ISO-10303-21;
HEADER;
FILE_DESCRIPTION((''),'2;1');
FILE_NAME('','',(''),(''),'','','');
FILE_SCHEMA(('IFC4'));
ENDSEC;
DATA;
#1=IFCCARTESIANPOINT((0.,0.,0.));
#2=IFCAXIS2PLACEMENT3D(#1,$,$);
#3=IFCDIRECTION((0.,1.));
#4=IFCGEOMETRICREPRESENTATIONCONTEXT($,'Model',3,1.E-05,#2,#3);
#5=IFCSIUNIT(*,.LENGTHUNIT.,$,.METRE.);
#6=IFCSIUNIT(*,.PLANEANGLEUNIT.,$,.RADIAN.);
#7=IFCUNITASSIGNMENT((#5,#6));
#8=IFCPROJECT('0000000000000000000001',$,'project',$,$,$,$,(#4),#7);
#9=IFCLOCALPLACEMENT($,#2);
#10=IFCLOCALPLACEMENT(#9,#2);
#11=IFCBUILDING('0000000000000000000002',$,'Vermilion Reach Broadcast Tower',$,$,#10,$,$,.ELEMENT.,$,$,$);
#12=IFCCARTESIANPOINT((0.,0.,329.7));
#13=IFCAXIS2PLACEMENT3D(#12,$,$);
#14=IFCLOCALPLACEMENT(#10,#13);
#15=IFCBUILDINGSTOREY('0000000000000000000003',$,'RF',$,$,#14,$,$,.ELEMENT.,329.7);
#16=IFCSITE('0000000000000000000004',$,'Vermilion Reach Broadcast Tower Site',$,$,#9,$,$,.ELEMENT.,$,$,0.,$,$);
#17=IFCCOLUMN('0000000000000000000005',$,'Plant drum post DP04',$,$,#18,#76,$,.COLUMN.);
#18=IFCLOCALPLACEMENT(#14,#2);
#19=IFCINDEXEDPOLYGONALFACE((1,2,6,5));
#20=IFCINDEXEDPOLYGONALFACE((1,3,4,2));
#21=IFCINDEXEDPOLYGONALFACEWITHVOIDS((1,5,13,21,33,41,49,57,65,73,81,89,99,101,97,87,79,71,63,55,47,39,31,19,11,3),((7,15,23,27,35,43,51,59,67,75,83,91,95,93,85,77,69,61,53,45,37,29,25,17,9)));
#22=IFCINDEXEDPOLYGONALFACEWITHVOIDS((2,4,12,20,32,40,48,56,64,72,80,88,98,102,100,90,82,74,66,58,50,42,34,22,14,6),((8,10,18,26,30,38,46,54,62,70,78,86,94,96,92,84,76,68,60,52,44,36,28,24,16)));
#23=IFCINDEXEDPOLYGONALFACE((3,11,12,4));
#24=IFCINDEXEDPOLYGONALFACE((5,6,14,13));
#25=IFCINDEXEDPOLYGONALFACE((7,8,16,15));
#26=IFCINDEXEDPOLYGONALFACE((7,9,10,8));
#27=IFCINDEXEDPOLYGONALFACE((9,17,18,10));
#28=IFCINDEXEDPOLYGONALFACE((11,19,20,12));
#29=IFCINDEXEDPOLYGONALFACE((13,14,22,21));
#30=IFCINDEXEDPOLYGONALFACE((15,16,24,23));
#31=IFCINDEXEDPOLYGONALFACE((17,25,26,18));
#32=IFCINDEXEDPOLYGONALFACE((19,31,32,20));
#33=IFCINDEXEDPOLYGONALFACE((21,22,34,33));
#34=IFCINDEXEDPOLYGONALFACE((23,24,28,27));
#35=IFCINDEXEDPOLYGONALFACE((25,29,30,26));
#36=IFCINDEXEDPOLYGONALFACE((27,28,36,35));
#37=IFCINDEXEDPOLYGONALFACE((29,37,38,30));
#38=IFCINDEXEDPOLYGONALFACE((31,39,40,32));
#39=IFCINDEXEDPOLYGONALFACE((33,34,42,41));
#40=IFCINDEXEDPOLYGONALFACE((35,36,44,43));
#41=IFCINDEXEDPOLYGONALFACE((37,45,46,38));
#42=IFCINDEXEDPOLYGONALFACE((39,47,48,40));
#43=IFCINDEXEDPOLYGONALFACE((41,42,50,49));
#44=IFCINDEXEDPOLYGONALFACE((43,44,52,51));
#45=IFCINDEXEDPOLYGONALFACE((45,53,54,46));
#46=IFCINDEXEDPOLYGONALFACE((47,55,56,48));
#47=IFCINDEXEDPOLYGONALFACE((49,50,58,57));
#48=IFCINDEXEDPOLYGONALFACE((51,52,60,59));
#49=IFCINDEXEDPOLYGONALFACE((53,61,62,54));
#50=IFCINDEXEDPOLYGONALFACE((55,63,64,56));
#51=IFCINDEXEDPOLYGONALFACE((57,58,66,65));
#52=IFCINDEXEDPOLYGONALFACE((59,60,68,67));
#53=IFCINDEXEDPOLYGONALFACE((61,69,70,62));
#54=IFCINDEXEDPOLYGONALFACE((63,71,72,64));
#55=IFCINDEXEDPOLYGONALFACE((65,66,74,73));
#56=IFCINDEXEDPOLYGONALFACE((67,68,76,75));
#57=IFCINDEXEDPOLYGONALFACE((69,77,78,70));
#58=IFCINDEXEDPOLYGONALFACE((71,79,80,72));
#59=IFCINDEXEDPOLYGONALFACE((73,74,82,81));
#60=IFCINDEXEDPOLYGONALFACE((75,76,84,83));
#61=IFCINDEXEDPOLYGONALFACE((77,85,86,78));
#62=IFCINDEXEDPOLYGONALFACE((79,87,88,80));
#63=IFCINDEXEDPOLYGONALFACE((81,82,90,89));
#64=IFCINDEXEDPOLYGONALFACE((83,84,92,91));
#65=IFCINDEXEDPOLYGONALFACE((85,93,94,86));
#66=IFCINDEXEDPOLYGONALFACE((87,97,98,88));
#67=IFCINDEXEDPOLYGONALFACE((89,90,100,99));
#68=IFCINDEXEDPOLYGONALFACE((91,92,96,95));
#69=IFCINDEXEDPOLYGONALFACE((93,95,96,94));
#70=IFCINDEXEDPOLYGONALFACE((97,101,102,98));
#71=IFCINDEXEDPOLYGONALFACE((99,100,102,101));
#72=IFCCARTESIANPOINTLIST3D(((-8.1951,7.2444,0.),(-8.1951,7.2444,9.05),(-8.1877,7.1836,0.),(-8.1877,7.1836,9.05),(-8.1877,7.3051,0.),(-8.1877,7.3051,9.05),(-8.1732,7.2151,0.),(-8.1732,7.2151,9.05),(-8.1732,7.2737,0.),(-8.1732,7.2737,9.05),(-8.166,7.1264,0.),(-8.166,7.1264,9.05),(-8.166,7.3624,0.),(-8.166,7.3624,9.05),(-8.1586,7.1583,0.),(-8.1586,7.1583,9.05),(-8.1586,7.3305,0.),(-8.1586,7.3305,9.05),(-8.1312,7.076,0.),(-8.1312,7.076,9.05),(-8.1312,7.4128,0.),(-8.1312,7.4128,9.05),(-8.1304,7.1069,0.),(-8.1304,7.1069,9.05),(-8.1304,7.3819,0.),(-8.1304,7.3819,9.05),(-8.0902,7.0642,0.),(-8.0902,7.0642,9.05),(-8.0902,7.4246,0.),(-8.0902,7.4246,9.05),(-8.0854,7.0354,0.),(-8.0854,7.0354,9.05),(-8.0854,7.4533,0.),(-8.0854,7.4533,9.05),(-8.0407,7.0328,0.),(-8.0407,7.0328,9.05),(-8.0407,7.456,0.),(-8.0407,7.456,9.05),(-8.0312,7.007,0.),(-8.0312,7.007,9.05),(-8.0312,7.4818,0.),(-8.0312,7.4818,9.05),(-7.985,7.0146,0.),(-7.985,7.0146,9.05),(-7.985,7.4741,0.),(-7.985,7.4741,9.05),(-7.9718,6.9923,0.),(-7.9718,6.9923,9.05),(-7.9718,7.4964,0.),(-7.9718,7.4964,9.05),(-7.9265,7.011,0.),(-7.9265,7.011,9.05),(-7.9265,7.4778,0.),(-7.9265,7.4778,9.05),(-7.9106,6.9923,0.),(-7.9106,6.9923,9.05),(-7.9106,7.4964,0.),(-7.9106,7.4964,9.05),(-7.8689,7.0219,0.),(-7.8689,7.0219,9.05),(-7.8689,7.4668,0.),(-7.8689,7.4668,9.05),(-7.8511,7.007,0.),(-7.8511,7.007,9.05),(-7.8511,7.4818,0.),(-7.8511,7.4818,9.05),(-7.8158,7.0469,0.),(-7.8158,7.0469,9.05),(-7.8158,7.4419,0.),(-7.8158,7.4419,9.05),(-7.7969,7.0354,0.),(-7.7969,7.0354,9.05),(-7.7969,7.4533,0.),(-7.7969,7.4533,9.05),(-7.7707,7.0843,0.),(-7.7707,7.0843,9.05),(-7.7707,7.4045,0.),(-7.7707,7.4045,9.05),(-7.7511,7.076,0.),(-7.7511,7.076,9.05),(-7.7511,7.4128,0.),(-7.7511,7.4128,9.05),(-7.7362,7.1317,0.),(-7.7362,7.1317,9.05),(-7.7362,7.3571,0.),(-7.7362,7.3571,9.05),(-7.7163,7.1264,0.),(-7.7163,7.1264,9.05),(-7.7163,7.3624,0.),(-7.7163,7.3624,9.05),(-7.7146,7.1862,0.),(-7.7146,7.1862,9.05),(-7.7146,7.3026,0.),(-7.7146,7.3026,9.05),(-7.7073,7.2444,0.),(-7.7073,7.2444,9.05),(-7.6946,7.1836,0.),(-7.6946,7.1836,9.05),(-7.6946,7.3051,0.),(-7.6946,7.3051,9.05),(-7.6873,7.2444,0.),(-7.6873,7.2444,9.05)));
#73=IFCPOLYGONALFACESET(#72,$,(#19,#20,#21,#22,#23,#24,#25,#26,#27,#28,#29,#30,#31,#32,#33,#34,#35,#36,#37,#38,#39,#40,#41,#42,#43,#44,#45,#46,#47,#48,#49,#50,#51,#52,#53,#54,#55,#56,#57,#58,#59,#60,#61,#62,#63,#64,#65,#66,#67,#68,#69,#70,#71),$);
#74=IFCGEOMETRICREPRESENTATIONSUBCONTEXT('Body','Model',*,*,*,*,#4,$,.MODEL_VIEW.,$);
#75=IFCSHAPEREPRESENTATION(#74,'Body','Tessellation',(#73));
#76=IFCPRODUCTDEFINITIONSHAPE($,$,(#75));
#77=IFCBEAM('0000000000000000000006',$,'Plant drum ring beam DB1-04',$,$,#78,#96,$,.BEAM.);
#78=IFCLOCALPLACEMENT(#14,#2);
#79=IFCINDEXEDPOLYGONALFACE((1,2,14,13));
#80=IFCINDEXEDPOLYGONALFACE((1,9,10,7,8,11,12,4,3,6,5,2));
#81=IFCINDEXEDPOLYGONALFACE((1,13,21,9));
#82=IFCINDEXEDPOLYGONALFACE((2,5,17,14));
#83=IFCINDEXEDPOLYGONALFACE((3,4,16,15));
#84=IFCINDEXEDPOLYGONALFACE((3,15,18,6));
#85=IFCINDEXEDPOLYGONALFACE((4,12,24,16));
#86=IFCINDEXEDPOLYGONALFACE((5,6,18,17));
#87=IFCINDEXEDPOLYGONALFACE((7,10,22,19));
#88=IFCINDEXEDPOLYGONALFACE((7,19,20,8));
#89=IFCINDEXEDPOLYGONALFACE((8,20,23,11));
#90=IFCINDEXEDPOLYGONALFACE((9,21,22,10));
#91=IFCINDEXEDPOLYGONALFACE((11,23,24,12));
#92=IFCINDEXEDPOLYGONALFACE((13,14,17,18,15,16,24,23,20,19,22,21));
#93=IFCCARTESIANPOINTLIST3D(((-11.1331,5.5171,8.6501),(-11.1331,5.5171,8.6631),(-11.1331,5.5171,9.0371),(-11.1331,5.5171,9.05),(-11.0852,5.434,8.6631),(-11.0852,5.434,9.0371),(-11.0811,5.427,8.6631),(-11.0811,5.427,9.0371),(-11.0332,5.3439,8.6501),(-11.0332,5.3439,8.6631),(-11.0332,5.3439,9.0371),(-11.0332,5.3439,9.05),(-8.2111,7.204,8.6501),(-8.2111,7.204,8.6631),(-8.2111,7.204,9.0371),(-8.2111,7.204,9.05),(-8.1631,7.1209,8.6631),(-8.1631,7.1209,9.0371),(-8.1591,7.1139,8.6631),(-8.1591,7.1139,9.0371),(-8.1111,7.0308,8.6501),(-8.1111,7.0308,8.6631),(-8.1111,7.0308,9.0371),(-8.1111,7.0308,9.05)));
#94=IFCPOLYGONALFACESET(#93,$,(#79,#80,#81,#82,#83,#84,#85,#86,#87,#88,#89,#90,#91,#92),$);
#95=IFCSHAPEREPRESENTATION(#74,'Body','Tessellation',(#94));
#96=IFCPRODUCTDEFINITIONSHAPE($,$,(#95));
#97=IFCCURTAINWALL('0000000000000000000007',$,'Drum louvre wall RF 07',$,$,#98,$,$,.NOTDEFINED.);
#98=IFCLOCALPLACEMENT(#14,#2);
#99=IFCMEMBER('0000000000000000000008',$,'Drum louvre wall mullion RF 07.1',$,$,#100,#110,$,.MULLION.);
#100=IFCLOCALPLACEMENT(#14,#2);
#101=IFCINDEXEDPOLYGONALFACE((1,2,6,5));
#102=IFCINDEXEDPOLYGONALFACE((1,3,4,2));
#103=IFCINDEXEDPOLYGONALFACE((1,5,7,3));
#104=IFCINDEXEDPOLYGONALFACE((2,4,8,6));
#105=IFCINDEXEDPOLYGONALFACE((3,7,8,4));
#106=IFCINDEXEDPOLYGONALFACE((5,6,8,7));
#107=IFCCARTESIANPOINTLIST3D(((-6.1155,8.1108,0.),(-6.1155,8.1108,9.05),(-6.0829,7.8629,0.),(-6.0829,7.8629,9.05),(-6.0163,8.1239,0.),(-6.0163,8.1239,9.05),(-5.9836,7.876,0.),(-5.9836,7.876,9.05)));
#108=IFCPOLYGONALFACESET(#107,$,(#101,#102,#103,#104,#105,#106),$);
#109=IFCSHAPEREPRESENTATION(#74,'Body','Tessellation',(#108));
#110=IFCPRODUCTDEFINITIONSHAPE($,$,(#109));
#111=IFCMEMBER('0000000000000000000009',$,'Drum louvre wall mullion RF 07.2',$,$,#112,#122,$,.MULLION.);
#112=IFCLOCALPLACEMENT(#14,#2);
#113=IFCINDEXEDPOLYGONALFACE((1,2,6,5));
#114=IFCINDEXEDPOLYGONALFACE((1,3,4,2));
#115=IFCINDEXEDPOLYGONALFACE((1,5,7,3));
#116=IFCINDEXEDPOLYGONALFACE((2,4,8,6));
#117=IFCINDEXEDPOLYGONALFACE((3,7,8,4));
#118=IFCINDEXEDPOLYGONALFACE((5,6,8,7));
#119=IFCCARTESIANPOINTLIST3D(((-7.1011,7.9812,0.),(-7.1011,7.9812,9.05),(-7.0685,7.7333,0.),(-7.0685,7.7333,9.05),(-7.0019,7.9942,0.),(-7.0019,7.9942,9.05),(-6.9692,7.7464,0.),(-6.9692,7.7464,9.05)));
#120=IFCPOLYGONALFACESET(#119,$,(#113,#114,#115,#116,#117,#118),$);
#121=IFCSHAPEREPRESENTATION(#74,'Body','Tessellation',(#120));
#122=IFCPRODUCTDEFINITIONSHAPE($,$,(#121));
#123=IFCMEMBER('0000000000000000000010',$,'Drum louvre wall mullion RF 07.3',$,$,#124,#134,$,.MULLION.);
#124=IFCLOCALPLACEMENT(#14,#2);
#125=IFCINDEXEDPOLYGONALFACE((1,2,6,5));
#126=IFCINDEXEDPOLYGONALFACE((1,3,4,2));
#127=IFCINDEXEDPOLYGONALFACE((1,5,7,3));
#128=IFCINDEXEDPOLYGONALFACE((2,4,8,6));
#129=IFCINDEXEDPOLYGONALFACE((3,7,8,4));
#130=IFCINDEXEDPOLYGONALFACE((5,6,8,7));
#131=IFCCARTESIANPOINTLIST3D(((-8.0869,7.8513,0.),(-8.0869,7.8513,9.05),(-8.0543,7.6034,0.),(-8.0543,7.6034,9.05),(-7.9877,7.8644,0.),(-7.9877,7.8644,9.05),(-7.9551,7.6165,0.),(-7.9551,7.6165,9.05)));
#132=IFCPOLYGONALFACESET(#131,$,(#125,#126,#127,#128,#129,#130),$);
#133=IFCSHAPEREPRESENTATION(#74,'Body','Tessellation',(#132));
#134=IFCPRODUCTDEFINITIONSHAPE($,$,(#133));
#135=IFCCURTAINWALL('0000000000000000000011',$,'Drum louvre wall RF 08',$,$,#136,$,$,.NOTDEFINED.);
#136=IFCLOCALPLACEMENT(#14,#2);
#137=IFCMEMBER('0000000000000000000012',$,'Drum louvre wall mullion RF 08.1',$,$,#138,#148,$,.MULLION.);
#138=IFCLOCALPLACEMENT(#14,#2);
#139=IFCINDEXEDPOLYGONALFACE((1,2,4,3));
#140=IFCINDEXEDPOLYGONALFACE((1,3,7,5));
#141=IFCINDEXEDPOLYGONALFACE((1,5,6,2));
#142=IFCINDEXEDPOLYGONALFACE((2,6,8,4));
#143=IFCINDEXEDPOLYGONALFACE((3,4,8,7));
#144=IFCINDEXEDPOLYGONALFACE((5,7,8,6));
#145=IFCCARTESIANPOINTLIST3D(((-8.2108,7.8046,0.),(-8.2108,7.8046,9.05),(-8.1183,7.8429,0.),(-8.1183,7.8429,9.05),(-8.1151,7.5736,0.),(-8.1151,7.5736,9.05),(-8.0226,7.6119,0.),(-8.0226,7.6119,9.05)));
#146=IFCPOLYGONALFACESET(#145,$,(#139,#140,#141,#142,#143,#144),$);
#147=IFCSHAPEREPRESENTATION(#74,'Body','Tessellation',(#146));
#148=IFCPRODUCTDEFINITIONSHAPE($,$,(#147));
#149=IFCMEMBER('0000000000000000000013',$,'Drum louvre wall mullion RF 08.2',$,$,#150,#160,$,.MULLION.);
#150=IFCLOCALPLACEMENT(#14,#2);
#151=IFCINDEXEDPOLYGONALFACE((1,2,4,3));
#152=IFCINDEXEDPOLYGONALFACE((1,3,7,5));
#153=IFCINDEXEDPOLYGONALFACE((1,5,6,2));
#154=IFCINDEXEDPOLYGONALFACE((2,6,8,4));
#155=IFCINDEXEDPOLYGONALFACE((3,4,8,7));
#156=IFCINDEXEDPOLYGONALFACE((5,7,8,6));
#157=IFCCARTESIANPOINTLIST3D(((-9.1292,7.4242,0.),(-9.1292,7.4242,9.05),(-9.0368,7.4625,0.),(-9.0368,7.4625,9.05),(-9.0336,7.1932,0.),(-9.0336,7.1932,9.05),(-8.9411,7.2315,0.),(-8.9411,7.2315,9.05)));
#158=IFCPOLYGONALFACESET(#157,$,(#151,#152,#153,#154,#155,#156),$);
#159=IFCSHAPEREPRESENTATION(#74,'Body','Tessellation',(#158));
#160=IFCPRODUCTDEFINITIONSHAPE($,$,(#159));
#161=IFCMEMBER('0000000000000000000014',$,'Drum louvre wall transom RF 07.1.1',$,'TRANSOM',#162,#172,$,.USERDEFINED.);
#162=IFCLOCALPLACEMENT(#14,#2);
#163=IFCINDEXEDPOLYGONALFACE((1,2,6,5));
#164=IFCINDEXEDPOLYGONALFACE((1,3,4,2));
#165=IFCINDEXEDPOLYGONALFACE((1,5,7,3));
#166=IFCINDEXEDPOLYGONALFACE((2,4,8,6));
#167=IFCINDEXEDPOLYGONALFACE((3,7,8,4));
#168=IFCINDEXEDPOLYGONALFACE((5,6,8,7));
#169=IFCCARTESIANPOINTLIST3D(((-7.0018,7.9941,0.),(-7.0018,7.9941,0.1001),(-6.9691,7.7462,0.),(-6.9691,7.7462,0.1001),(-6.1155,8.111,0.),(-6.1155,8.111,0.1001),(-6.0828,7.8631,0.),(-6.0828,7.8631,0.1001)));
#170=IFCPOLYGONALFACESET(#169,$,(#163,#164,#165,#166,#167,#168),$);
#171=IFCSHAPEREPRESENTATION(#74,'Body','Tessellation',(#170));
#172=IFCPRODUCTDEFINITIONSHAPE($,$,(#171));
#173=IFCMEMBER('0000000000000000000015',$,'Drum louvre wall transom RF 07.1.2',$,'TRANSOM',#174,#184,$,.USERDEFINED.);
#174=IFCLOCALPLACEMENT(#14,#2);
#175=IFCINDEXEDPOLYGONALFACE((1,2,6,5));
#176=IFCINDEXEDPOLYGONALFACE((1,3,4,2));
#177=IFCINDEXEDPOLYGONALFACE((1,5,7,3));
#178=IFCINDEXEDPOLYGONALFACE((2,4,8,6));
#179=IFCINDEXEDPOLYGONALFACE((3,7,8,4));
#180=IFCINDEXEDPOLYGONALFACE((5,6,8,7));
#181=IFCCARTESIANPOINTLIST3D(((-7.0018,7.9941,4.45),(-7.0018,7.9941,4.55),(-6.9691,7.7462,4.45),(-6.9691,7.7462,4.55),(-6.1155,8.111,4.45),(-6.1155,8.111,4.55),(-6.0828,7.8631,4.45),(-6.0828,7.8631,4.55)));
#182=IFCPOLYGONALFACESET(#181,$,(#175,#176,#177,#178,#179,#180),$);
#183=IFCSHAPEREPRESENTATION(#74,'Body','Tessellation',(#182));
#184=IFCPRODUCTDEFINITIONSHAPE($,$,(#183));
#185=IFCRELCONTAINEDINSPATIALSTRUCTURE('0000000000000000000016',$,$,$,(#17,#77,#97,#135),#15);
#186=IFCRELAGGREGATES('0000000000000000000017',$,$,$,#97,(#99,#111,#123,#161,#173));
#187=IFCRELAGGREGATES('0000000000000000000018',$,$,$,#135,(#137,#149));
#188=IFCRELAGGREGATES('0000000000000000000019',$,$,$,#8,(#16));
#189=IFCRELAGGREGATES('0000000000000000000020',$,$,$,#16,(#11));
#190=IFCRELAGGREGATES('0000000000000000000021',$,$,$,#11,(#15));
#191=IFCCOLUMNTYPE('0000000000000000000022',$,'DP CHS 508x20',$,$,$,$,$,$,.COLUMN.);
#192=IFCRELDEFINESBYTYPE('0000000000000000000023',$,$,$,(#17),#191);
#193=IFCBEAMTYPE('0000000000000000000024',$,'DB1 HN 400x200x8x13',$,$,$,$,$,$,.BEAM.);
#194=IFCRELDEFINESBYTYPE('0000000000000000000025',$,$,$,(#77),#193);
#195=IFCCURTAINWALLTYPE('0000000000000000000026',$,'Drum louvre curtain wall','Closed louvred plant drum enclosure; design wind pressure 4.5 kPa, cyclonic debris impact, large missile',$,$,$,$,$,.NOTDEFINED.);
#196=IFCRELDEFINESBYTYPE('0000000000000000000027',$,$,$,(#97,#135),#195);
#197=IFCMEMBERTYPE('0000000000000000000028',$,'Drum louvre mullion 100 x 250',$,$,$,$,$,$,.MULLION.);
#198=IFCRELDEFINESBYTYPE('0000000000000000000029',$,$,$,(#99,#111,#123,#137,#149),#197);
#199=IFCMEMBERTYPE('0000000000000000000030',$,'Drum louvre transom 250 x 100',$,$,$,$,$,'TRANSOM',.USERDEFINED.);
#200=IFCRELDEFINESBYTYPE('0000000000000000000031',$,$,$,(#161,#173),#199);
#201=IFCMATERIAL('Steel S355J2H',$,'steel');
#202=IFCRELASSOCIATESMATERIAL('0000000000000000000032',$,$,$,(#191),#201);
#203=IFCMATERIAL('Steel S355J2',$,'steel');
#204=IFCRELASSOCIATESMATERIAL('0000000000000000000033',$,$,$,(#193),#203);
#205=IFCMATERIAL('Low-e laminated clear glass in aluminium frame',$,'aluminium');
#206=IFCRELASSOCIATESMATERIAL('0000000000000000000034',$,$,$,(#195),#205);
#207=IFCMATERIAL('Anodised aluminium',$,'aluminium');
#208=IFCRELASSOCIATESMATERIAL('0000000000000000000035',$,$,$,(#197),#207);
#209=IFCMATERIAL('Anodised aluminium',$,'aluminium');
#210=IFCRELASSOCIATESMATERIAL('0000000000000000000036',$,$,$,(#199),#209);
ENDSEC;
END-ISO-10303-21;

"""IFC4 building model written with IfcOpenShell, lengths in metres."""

from ifc_helpers import new_model, si_unit, direction, frame, origin, origin_2d, place, context, subcontext, project, spatial, rectangle, hollow_circle, i_section, extrude, material, material_profile, profile_set, type_object, element, aggregate, save


model = new_model("IFC4")

# Units and contexts
model_context = context("Model", 3, precision=1e-05, world=origin(), true_north=direction((0.0, 1.0)))
body_context = subcontext(model_context, "Body", "Model", "MODEL_VIEW")
ifc_project = project(units=[si_unit("LENGTHUNIT", "METRE"), si_unit("PLANEANGLEUNIT", "RADIAN")], contexts=[model_context])

# Site, building, storey
site_placement = place(None, origin())
site = spatial("IfcSite", under=ifc_project, at=site_placement, Name="Vermilion Reach Broadcast Tower Site", CompositionType="ELEMENT", RefElevation=0.0)
building_placement = place(site_placement, origin())
building = spatial("IfcBuilding", under=site, at=building_placement, Name="Vermilion Reach Broadcast Tower", CompositionType="ELEMENT")
storey_placement = place(building_placement, frame((0.0, 0.0, 329.7)))
storey = spatial("IfcBuildingStorey", under=building, at=storey_placement, Name="RF", CompositionType="ELEMENT", Elevation=329.7)

# Column
ifc_material_1 = material(Name="Steel S355J2H", Category="steel")
ifc_material_profile_1 = material_profile(ifc_material_1, hollow_circle(Radius=0.2539, WallThickness=0.02, at=origin_2d()), Name="S355J2H CHS 508x20")
ifc_profile_set_1 = profile_set([ifc_material_profile_1], Name="Steel S355J2H")
column_type = type_object("IfcColumnType", Name="DP CHS 508x20", PredefinedType="COLUMN", material=ifc_profile_set_1)
column_placement = place(storey_placement, frame((-7.9412, 7.2444, 0.0), z_axis=(0.0, 0.0, 1.0), x_axis=(1.0, 0.0, 0.0)))
element("IfcColumn", 1, at=column_placement, inside=storey, type_object=column_type, Name="Plant drum post DP04", PredefinedType="COLUMN", context=body_context, shape_type="SweptSolid", body=[
    extrude(hollow_circle(Radius=0.2539, WallThickness=0.02, at=origin_2d()), origin(), (0.0, 0.0, 1.0), 9.05),
])

# Beam
ifc_material_2 = material(Name="Steel S355J2", Category="steel")
ifc_material_profile_2 = material_profile(ifc_material_2, i_section(OverallWidth=0.2, OverallDepth=0.3999, WebThickness=0.0081, FlangeThickness=0.0129, at=origin_2d()), Name="S355J2 HN 400x200x8x13")
ifc_profile_set_2 = profile_set([ifc_material_profile_2], Name="Steel S355J2")
beam_type = type_object("IfcBeamType", Name="DB1 HN 400x200x8x13", PredefinedType="BEAM", material=ifc_profile_set_2)
beam_placement = place(storey_placement, frame((-8.1611, 7.1174, 8.8501), z_axis=(-0.866035, -0.499983, 0.0), x_axis=(0.499983, -0.866035, 0.0)))
element("IfcBeam", 2, at=beam_placement, inside=storey, type_object=beam_type, Name="Plant drum ring beam DB1-04", PredefinedType="BEAM", context=body_context, shape_type="SweptSolid", body=[
    extrude(i_section(OverallWidth=0.2, OverallDepth=0.3999, WebThickness=0.0081, FlangeThickness=0.0129, at=origin_2d()), origin(), (0.0, 0.0, 1.0), 3.374),
])

# Curtain walls, members
ifc_material_3 = material(Name="Low-e laminated clear glass in aluminium frame", Category="aluminium")
curtain_wall_type = type_object("IfcCurtainWallType", Name="Drum louvre curtain wall", Description="Closed louvred plant drum enclosure; design wind pressure 4.5 kPa, cyclonic debris impact, large missile", PredefinedType="NOTDEFINED", material=ifc_material_3)
placement = place(storey_placement, origin())
curtain_wall_1 = element("IfcCurtainWall", 3, at=placement, inside=storey, type_object=curtain_wall_type, Name="Drum louvre wall RF 07", PredefinedType="NOTDEFINED")
ifc_material_4 = material(Name="Anodised aluminium", Category="aluminium")
ifc_material_profile_3 = material_profile(ifc_material_4, rectangle(XDim=0.25, YDim=0.1001, at=origin_2d()), Name="Drum louvre mullion 100 x 250")
ifc_profile_set_3 = profile_set([ifc_material_profile_3], Name="Anodised aluminium")
member_type_1 = type_object("IfcMemberType", Name="Drum louvre mullion 100 x 250", PredefinedType="MULLION", material=ifc_profile_set_3)
member_1_placement = place(storey_placement, frame((-6.0496, 7.9934, 0.0), z_axis=(0.0, 0.0, 1.0), x_axis=(0.130526, -0.991445, 0.0)))
member_1 = element("IfcMember", 4, at=member_1_placement, type_object=member_type_1, Name="Drum louvre wall mullion RF 07.1", PredefinedType="MULLION", context=body_context, shape_type="SweptSolid", body=[
    extrude(rectangle(XDim=0.25, YDim=0.1001, at=origin_2d()), origin(), (0.0, 0.0, 1.0), 9.05),
])
member_2_placement = place(storey_placement, frame((-7.0352, 7.8638, 0.0), z_axis=(0.0, 0.0, 1.0), x_axis=(0.130526, -0.991445, 0.0)))
member_2 = element("IfcMember", 5, at=member_2_placement, type_object=member_type_1, Name="Drum louvre wall mullion RF 07.2", PredefinedType="MULLION", context=body_context, shape_type="SweptSolid", body=[
    extrude(rectangle(XDim=0.25, YDim=0.1001, at=origin_2d()), origin(), (0.0, 0.0, 1.0), 9.05),
])
member_3_placement = place(storey_placement, frame((-8.021, 7.7339, 0.0), z_axis=(0.0, 0.0, 1.0), x_axis=(0.130526, -0.991445, 0.0)))
member_3 = element("IfcMember", 6, at=member_3_placement, type_object=member_type_1, Name="Drum louvre wall mullion RF 07.3", PredefinedType="MULLION", context=body_context, shape_type="SweptSolid", body=[
    extrude(rectangle(XDim=0.25, YDim=0.1001, at=origin_2d()), origin(), (0.0, 0.0, 1.0), 9.05),
])
curtain_wall_2 = element("IfcCurtainWall", 7, at=placement, inside=storey, type_object=curtain_wall_type, Name="Drum louvre wall RF 08", PredefinedType="NOTDEFINED")
member_4_placement = place(storey_placement, frame((-8.1167, 7.7083, 0.0), z_axis=(0.0, 0.0, 1.0), x_axis=(0.382683, -0.92388, 0.0)))
member_4 = element("IfcMember", 8, at=member_4_placement, type_object=member_type_1, Name="Drum louvre wall mullion RF 08.1", PredefinedType="MULLION", context=body_context, shape_type="SweptSolid", body=[
    extrude(rectangle(XDim=0.25, YDim=0.1001, at=origin_2d()), origin(), (0.0, 0.0, 1.0), 9.05),
])
member_5_placement = place(storey_placement, frame((-9.0352, 7.3279, 0.0), z_axis=(0.0, 0.0, 1.0), x_axis=(0.382683, -0.92388, 0.0)))
member_5 = element("IfcMember", 9, at=member_5_placement, type_object=member_type_1, Name="Drum louvre wall mullion RF 08.2", PredefinedType="MULLION", context=body_context, shape_type="SweptSolid", body=[
    extrude(rectangle(XDim=0.25, YDim=0.1001, at=origin_2d()), origin(), (0.0, 0.0, 1.0), 9.05),
])

# Members
ifc_material_5 = material(Name="Anodised aluminium", Category="aluminium")
ifc_material_profile_4 = material_profile(ifc_material_5, rectangle(XDim=0.25, YDim=0.1001, at=origin_2d()), Name="Drum louvre transom 250 x 100")
ifc_profile_set_4 = profile_set([ifc_material_profile_4], Name="Anodised aluminium")
member_type_2 = type_object("IfcMemberType", Name="Drum louvre transom 250 x 100", ElementType="TRANSOM", PredefinedType="USERDEFINED", material=ifc_profile_set_4)
member_6_placement = place(storey_placement, frame((-6.0991, 7.9871, 0.05), z_axis=(-0.991411, -0.130786, 0.0), x_axis=(0.130786, -0.991411, 0.0)))
member_6 = element("IfcMember", 10, at=member_6_placement, type_object=member_type_2, Name="Drum louvre wall transom RF 07.1.1", ObjectType="TRANSOM", PredefinedType="USERDEFINED", context=body_context, shape_type="SweptSolid", body=[
    extrude(rectangle(XDim=0.25, YDim=0.1001, at=origin_2d()), origin(), (0.0, 0.0, 1.0), 0.894),
])
member_7_placement = place(storey_placement, frame((-6.0991, 7.9871, 4.5), z_axis=(-0.991411, -0.130786, 0.0), x_axis=(0.130786, -0.991411, 0.0)))
member_7 = element("IfcMember", 11, at=member_7_placement, type_object=member_type_2, Name="Drum louvre wall transom RF 07.1.2", ObjectType="TRANSOM", PredefinedType="USERDEFINED", context=body_context, shape_type="SweptSolid", body=[
    extrude(rectangle(XDim=0.25, YDim=0.1001, at=origin_2d()), origin(), (0.0, 0.0, 1.0), 0.894),
])

aggregate(curtain_wall_1, [member_1, member_2, member_3, member_6, member_7])
aggregate(curtain_wall_2, [member_4, member_5])

save(model, "model.ifc")
